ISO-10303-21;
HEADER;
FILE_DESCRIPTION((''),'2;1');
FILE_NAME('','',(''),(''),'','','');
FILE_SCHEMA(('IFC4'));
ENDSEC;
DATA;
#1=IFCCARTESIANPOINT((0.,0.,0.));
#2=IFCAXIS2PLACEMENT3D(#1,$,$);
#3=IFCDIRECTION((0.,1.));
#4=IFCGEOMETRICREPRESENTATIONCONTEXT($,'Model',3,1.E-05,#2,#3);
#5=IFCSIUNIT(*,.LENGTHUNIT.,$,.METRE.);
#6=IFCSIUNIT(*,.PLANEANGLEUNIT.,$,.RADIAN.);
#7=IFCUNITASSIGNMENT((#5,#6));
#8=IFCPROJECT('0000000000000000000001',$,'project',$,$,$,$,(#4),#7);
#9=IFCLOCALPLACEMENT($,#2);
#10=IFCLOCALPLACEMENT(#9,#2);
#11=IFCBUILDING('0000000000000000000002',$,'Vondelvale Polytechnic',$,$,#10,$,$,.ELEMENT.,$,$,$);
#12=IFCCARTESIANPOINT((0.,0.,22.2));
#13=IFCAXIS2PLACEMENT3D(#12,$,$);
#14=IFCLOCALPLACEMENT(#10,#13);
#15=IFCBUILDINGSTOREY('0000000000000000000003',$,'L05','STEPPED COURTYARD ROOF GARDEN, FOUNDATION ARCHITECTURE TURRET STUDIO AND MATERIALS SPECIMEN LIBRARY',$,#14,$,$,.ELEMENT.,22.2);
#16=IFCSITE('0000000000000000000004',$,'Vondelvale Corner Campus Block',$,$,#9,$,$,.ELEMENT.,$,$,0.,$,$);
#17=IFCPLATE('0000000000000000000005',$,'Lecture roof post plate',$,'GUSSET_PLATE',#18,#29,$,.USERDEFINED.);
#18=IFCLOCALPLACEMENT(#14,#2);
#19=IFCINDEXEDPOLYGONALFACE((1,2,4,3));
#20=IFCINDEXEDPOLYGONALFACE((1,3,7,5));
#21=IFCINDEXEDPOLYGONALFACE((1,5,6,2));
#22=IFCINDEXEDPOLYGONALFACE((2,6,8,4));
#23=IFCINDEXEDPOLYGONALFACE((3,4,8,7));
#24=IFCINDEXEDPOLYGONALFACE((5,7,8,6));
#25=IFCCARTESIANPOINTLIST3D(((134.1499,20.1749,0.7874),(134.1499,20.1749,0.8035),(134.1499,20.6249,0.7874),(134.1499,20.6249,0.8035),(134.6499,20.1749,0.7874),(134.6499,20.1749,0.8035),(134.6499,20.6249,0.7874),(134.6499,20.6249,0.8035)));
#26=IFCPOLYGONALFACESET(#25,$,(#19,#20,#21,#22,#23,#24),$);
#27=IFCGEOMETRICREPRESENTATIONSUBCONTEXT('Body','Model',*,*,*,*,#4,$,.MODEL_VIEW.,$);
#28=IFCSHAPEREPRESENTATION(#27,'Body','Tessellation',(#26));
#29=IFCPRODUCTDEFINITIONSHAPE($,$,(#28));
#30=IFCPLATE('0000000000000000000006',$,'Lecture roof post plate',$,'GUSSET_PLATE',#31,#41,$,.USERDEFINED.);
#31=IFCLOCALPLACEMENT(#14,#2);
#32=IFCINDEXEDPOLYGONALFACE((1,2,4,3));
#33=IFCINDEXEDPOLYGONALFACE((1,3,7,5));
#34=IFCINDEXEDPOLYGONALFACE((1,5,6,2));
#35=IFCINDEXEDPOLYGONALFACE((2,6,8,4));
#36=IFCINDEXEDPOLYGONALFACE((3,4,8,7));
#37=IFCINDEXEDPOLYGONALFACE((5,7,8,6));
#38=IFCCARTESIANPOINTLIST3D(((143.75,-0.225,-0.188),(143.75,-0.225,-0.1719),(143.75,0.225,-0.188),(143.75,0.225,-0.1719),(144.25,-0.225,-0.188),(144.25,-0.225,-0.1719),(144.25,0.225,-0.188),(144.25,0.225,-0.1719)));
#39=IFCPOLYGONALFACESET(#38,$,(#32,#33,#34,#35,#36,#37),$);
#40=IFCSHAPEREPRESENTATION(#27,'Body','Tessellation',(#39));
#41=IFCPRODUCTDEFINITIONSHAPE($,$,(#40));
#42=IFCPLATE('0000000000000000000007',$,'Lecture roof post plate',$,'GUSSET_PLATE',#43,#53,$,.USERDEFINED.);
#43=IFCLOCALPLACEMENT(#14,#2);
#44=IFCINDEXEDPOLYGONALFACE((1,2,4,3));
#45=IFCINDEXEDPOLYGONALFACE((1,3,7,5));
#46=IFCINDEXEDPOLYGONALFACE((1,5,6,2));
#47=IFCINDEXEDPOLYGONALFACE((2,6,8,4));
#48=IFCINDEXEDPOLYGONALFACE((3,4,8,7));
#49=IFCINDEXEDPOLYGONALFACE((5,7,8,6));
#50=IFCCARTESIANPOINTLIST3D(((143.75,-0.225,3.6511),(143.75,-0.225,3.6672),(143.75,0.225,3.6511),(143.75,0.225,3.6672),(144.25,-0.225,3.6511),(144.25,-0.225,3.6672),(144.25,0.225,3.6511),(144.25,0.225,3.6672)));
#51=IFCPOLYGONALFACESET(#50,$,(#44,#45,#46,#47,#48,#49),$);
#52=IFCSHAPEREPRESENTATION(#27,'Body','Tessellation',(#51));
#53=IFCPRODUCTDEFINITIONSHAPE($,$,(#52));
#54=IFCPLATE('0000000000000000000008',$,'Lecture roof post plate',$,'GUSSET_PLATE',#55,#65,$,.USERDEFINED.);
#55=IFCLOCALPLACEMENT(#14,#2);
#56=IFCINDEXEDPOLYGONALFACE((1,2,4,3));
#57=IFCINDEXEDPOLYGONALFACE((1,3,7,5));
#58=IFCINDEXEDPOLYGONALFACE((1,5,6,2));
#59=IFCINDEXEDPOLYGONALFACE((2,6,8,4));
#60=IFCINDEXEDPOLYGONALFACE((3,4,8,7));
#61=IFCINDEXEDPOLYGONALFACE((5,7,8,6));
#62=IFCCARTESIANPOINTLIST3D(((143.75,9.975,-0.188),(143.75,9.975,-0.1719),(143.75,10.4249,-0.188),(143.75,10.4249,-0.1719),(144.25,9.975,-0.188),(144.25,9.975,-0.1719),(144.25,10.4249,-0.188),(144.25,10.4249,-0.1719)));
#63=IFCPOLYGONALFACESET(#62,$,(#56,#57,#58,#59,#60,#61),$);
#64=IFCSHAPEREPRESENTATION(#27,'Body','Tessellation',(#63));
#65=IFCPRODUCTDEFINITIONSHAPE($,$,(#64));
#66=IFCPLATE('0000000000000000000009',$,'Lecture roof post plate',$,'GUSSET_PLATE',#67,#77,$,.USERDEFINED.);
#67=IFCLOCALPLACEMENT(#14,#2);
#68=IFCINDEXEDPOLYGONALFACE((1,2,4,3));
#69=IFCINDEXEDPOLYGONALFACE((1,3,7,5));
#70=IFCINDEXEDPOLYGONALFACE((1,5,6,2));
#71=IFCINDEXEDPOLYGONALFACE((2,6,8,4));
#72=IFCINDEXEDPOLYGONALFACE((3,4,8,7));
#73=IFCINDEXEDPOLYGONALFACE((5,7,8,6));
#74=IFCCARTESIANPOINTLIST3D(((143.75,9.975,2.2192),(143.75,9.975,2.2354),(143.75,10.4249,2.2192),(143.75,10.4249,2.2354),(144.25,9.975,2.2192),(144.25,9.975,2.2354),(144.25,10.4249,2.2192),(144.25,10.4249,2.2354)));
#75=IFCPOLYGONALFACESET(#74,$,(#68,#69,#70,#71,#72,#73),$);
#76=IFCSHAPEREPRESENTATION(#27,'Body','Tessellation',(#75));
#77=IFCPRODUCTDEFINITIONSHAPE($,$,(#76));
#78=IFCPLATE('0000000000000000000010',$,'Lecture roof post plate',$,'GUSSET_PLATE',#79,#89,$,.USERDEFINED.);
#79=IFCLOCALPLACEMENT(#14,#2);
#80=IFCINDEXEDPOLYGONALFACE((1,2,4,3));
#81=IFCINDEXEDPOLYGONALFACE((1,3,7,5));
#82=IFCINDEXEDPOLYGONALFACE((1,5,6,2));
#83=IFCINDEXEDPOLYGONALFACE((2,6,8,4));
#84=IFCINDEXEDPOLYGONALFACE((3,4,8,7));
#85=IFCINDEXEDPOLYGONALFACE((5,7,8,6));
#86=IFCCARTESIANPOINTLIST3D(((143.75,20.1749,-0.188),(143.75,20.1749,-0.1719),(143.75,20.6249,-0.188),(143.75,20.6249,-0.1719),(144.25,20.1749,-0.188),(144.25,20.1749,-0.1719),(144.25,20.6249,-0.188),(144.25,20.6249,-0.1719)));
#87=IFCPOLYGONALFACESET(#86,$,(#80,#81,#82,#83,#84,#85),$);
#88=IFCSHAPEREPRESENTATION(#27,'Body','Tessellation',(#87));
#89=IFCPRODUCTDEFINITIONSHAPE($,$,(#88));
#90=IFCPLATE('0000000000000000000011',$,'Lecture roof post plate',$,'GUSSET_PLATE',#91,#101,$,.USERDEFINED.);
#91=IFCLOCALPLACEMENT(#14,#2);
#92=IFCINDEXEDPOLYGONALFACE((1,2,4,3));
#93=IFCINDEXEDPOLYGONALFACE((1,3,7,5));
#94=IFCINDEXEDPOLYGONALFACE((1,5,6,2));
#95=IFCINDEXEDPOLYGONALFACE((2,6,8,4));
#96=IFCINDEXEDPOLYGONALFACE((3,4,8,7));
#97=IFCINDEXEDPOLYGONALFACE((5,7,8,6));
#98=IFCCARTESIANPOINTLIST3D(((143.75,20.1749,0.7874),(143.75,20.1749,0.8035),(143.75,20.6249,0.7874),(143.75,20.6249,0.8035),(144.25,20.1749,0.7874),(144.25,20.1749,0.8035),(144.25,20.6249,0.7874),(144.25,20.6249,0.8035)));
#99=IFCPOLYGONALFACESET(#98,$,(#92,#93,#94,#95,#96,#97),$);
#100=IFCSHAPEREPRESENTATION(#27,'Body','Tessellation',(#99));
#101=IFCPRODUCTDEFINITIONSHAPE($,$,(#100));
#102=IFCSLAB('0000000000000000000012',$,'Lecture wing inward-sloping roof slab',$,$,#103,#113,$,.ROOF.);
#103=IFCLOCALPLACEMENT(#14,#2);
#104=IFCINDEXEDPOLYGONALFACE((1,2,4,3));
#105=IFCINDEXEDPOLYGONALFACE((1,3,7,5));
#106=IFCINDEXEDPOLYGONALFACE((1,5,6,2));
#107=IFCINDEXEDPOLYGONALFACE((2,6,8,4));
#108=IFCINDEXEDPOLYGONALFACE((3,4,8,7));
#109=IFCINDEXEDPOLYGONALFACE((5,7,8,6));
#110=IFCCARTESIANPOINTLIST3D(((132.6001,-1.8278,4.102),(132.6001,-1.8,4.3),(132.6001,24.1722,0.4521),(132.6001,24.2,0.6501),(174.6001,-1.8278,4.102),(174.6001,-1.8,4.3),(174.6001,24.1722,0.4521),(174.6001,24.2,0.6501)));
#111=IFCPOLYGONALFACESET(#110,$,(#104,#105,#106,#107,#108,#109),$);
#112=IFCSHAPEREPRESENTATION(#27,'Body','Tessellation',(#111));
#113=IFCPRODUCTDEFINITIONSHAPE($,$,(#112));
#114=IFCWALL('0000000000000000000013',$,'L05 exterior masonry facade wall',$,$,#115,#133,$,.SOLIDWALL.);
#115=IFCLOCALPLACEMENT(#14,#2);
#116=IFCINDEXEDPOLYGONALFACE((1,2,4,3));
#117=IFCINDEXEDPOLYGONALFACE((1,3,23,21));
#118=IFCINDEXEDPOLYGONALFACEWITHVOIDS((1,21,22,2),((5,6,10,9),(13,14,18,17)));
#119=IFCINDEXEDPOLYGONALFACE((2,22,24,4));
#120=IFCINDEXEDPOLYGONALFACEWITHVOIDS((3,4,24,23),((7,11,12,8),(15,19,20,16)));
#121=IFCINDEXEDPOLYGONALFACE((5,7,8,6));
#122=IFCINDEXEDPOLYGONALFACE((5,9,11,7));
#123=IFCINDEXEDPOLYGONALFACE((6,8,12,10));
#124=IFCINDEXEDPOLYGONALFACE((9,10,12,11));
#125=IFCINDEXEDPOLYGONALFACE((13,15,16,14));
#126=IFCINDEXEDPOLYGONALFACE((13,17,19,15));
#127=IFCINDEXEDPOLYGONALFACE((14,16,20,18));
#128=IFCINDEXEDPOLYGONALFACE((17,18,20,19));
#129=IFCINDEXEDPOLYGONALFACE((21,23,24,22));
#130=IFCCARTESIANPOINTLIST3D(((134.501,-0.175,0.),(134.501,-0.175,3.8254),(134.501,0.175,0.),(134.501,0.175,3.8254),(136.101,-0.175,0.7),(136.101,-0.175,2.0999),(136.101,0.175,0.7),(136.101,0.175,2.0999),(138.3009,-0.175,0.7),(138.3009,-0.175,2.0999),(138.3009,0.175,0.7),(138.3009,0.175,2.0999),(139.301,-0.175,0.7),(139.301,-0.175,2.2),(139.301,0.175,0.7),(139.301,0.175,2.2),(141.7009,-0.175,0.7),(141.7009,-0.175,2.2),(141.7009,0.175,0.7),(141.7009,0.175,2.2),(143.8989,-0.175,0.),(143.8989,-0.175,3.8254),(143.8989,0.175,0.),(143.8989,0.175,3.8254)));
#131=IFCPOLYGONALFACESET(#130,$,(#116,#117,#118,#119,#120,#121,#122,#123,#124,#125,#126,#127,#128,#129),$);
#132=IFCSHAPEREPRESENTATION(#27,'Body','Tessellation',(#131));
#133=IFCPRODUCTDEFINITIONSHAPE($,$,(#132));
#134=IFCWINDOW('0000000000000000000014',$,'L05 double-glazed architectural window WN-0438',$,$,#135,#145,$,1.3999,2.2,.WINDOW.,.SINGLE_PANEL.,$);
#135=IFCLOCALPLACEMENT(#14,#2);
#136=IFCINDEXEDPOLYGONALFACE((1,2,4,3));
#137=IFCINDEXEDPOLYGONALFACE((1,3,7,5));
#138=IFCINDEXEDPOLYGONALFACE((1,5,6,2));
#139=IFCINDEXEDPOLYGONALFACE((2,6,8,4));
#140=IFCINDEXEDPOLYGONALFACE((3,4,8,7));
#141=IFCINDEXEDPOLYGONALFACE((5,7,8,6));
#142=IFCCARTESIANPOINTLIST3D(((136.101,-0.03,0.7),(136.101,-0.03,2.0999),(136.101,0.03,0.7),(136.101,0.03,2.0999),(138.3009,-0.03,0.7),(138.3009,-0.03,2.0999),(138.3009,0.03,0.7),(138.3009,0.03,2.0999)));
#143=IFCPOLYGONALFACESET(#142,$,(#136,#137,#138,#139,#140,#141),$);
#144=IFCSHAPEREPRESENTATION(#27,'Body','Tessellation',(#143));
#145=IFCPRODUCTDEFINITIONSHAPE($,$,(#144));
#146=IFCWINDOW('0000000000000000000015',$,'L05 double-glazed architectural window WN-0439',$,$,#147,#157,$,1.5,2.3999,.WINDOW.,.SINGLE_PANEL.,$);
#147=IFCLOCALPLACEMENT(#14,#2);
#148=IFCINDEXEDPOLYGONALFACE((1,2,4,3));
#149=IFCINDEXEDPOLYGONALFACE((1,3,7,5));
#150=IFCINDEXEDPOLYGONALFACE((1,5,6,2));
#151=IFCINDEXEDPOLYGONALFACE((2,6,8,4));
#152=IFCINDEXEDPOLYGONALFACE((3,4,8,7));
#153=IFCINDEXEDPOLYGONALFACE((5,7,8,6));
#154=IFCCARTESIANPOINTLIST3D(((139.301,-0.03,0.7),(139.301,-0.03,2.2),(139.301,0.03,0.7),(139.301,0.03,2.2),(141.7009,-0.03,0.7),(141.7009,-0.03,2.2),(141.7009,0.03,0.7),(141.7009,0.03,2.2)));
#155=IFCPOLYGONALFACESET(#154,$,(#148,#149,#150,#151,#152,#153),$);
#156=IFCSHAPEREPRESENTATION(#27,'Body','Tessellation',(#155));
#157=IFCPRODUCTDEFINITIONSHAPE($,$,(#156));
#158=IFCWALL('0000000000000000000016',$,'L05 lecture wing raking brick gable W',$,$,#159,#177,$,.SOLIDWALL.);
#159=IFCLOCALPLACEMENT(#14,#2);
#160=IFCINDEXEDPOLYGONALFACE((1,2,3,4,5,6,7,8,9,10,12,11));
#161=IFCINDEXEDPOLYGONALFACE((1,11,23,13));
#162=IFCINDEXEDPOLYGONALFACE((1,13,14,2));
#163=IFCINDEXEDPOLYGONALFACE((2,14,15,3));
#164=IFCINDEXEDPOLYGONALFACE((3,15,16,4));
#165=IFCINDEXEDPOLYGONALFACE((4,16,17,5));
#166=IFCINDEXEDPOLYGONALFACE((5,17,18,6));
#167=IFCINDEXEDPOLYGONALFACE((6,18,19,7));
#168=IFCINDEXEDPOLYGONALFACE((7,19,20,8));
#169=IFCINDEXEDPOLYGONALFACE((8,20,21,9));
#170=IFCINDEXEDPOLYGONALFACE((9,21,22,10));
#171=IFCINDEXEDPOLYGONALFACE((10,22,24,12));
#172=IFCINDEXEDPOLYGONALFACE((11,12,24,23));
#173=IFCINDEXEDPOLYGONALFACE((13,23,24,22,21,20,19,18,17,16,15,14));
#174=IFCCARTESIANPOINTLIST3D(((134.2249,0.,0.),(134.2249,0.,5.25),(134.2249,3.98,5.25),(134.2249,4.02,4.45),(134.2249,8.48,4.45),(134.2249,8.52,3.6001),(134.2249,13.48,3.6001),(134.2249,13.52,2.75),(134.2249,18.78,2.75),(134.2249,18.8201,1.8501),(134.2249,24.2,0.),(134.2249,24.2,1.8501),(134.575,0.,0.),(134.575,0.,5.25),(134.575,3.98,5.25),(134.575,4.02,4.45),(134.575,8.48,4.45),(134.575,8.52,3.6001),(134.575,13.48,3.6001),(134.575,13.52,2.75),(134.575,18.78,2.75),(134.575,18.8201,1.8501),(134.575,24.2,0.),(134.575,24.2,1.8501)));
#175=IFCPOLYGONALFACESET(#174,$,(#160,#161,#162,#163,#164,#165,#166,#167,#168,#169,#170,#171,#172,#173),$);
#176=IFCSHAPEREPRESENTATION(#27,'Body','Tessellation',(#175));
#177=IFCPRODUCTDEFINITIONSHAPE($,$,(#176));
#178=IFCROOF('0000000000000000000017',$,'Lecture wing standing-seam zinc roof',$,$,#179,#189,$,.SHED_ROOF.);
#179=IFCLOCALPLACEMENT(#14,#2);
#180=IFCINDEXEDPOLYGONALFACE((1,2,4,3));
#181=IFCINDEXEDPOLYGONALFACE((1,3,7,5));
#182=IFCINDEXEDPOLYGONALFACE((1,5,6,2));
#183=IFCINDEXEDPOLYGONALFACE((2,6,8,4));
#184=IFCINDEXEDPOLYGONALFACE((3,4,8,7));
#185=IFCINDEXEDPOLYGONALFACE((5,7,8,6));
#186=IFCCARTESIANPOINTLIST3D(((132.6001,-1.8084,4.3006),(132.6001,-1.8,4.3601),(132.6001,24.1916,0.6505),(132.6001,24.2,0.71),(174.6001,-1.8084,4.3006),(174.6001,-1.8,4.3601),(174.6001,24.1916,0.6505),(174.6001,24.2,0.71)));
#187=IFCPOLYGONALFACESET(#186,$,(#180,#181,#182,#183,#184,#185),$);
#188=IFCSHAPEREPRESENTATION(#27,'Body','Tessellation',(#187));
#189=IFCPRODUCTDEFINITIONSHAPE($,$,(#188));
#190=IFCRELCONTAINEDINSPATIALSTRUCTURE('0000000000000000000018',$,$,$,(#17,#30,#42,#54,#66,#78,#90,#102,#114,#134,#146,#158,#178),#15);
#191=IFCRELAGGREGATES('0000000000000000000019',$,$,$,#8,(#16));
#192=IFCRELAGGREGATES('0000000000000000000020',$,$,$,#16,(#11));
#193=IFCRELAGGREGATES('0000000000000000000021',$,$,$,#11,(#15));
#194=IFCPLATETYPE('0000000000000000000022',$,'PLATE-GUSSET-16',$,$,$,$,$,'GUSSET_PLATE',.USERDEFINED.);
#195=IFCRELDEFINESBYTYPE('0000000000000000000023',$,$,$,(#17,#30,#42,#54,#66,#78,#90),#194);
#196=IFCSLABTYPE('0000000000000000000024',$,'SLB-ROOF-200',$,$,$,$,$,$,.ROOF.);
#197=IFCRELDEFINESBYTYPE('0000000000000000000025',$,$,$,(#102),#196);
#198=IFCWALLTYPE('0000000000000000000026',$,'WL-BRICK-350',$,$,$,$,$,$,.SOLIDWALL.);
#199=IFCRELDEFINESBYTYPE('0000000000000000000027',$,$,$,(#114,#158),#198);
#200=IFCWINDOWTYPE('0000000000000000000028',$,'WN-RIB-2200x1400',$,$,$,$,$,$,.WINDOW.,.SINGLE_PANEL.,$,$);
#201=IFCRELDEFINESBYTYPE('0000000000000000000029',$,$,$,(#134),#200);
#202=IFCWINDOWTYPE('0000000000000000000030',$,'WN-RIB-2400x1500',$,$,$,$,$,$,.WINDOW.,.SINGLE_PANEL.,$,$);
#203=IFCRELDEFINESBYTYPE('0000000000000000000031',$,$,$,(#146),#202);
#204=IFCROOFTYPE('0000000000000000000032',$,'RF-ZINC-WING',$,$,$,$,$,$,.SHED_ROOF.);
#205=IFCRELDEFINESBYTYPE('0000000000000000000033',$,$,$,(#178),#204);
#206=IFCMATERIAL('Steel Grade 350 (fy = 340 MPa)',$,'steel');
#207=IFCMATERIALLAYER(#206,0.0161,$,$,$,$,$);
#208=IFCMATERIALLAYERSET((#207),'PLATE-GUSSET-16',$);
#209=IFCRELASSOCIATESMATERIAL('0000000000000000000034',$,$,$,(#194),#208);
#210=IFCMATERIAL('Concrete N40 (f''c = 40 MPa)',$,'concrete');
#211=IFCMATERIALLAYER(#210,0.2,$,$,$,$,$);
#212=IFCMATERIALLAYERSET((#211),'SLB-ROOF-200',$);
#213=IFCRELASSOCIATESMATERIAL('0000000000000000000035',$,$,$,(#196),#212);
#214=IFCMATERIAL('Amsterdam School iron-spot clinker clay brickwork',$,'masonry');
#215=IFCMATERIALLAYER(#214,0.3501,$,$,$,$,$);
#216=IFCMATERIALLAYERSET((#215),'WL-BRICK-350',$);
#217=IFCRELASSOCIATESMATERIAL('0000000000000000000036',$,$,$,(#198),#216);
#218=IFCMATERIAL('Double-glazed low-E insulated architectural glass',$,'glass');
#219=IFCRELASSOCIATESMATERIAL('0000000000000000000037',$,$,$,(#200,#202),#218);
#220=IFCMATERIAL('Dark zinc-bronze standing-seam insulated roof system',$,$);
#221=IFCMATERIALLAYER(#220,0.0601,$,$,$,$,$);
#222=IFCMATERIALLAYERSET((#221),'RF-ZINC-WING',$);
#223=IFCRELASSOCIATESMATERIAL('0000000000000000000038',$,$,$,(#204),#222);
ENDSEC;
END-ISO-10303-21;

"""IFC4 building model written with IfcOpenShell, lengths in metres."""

from ifc_helpers import new_model, si_unit, direction, frame, frame_2d, origin, origin_2d, place, context, subcontext, project, spatial, polyline, rectangle, outline, extrude, material, layer, layer_set, type_object, element, fill, save


model = new_model("IFC4")

# Units and contexts
model_context = context("Model", 3, precision=1e-05, world=origin(), true_north=direction((0.0, 1.0)))
body_context = subcontext(model_context, "Body", "Model", "MODEL_VIEW")
ifc_project = project(units=[si_unit("LENGTHUNIT", "METRE"), si_unit("PLANEANGLEUNIT", "RADIAN")], contexts=[model_context])

# Site, building, storey
site_placement = place(None, origin())
site = spatial("IfcSite", under=ifc_project, at=site_placement, Name="Vondelvale Corner Campus Block", CompositionType="ELEMENT", RefElevation=0.0)
building_placement = place(site_placement, origin())
building = spatial("IfcBuilding", under=site, at=building_placement, Name="Vondelvale Polytechnic", CompositionType="ELEMENT")
storey_placement = place(building_placement, frame((0.0, 0.0, 22.2)))
storey = spatial("IfcBuildingStorey", under=building, at=storey_placement, Name="L05", Description="STEPPED COURTYARD ROOF GARDEN, FOUNDATION ARCHITECTURE TURRET STUDIO AND MATERIALS SPECIMEN LIBRARY", CompositionType="ELEMENT", Elevation=22.2)

# Plates
ifc_material_1 = material(Name="Steel Grade 350 (fy = 340 MPa)", Category="steel")
ifc_layer_1 = layer(ifc_material_1, 0.0161)
ifc_layer_set_1 = layer_set([ifc_layer_1], Name="PLATE-GUSSET-16")
plate_type_1 = type_object("IfcPlateType", Name="PLATE-GUSSET-16", ElementType="GUSSET_PLATE", PredefinedType="USERDEFINED", material=ifc_layer_set_1)
for number, where, z_axis, x_axis, name in (
    (1, (134.3999, 20.3999, 0.7874), (0.0, 0.0, 1.0), (1.0, 0.0, 0.0), "Lecture roof post plate"),
    (2, (144.0, 0.0, -0.188), (0.0, 0.0, 1.0), (1.0, 0.0, 0.0), "Lecture roof post plate"),
    (3, (144.0, 0.0, 3.6511), (0.0, 0.0, 1.0), (1.0, 0.0, 0.0), "Lecture roof post plate"),
    (4, (144.0, 10.2, -0.188), (0.0, 0.0, 1.0), (1.0, 0.0, 0.0), "Lecture roof post plate"),
    (5, (144.0, 10.2, 2.2192), (0.0, 0.0, 1.0), (1.0, 0.0, 0.0), "Lecture roof post plate"),
    (6, (144.0, 20.3999, -0.188), (0.0, 0.0, 1.0), (1.0, 0.0, 0.0), "Lecture roof post plate"),
    (7, (144.0, 20.3999, 0.7874), (0.0, 0.0, 1.0), (1.0, 0.0, 0.0), "Lecture roof post plate"),
):
    element("IfcPlate", number, at=place(storey_placement, frame(where, z_axis=z_axis, x_axis=x_axis)), inside=storey, type_object=plate_type_1, Name=name, ObjectType="GUSSET_PLATE", PredefinedType="USERDEFINED", context=body_context, shape_type="SweptSolid", body=[
        extrude(rectangle(XDim=0.5, YDim=0.45, at=origin_2d()), origin(), (0.0, 0.0, 1.0), 0.0161),
    ])

# Slab
ifc_material_2 = material(Name="Concrete N40 (f'c = 40 MPa)", Category="concrete")
ifc_layer_2 = layer(ifc_material_2, 0.2)
ifc_layer_set_2 = layer_set([ifc_layer_2], Name="SLB-ROOF-200")
slab_type = type_object("IfcSlabType", Name="SLB-ROOF-200", PredefinedType="ROOF", material=ifc_layer_set_2)
slab_placement = place(storey_placement, frame((132.6001, -1.8, 4.3), z_axis=(0.0, 0.139018, 0.99029), x_axis=(1.0, 0.0, 0.0)))
element("IfcSlab", 8, at=slab_placement, inside=storey, type_object=slab_type, Name="Lecture wing inward-sloping roof slab", PredefinedType="ROOF", context=body_context, shape_type="SweptSolid", body=[
    extrude(outline(polyline([(0.0, 0.0), (42.0, 0.0), (42.0, 26.2549), (0.0, 26.2549), (0.0, 0.0)])), origin(), (0.0, 0.0, -1.0), 0.2),
])

# Wall, openings, windows
ifc_material_3 = material(Name="Amsterdam School iron-spot clinker clay brickwork", Category="masonry")
ifc_layer_3 = layer(ifc_material_3, 0.3501)
ifc_layer_set_3 = layer_set([ifc_layer_3], Name="WL-BRICK-350")
wall_type = type_object("IfcWallType", Name="WL-BRICK-350", PredefinedType="SOLIDWALL", material=ifc_layer_set_3)
wall_1_placement = place(storey_placement, frame((143.8989, 0.0, 0.0), z_axis=(0.0, 0.0, 1.0), x_axis=(-1.0, 0.0, 0.0)))
wall_1 = element("IfcWall", 9, at=wall_1_placement, inside=storey, type_object=wall_type, Name="L05 exterior masonry facade wall", PredefinedType="SOLIDWALL", context=body_context, shape_type="SweptSolid", body=[
    extrude(rectangle(XDim=9.3979, YDim=0.3501, at=frame_2d((4.699, 0.0))), origin(), (0.0, 0.0, 1.0), 3.8254),
])
opening_1_placement = place(wall_1_placement, frame((5.5979, 0.0, 0.7)))
opening_1 = element("IfcOpeningElement", 10, at=opening_1_placement, cuts=wall_1, PredefinedType="OPENING", context=body_context, shape_type="SweptSolid", body=[
    extrude(rectangle(XDim=2.2, YDim=1.3999, at=frame_2d((1.1001, 0.7))), frame((0.0, 0.1851, 0.0), z_axis=(0.0, -1.0, 0.0), x_axis=(1.0, 0.0, 0.0)), (0.0, 0.0, 1.0), 0.3701),
])
opening_2_placement = place(wall_1_placement, frame((2.198, 0.0, 0.7)))
opening_2 = element("IfcOpeningElement", 11, at=opening_2_placement, cuts=wall_1, PredefinedType="OPENING", context=body_context, shape_type="SweptSolid", body=[
    extrude(rectangle(XDim=2.3999, YDim=1.5, at=frame_2d((1.2, 0.75))), frame((0.0, 0.1851, 0.0), z_axis=(0.0, -1.0, 0.0), x_axis=(1.0, 0.0, 0.0)), (0.0, 0.0, 1.0), 0.3701),
])
ifc_material_4 = material(Name="Double-glazed low-E insulated architectural glass", Category="glass")
window_type_1 = type_object("IfcWindowType", Name="WN-RIB-2200x1400", PartitioningType="SINGLE_PANEL", PredefinedType="WINDOW", material=ifc_material_4)
window_1_placement = place(opening_1_placement, origin())
window_1 = element("IfcWindow", 12, at=window_1_placement, inside=storey, type_object=window_type_1, Name="L05 double-glazed architectural window WN-0438", OverallHeight=1.3999, OverallWidth=2.2, PartitioningType="SINGLE_PANEL", PredefinedType="WINDOW", context=body_context, shape_type="SweptSolid", body=[
    extrude(rectangle(XDim=2.2, YDim=1.3999, at=frame_2d((1.1001, 0.7))), frame((0.0, 0.03, 0.0), z_axis=(0.0, -1.0, 0.0), x_axis=(1.0, 0.0, 0.0)), (0.0, 0.0, 1.0), 0.0601),
])
fill(opening_1, window_1)
window_type_2 = type_object("IfcWindowType", Name="WN-RIB-2400x1500", PartitioningType="SINGLE_PANEL", PredefinedType="WINDOW", material=ifc_material_4)
window_2_placement = place(opening_2_placement, origin())
window_2 = element("IfcWindow", 13, at=window_2_placement, inside=storey, type_object=window_type_2, Name="L05 double-glazed architectural window WN-0439", OverallHeight=1.5, OverallWidth=2.3999, PartitioningType="SINGLE_PANEL", PredefinedType="WINDOW", context=body_context, shape_type="SweptSolid", body=[
    extrude(rectangle(XDim=2.3999, YDim=1.5, at=frame_2d((1.2, 0.75))), frame((0.0, 0.03, 0.0), z_axis=(0.0, -1.0, 0.0), x_axis=(1.0, 0.0, 0.0)), (0.0, 0.0, 1.0), 0.0601),
])
fill(opening_2, window_2)

# Wall
wall_2_placement = place(storey_placement, frame((134.3999, 0.0, 0.0), z_axis=(0.0, 0.0, 1.0), x_axis=(0.0, 1.0, 0.0)))
element("IfcWall", 14, at=wall_2_placement, inside=storey, type_object=wall_type, Name="L05 lecture wing raking brick gable W", PredefinedType="SOLIDWALL", context=body_context, shape_type="SweptSolid", body=[
    extrude(outline(polyline([(0.0, 0.0), (24.2, 0.0), (24.2, 1.8501), (18.8201, 1.8501), (18.78, 2.75), (13.52, 2.75), (13.48, 3.6001), (8.52, 3.6001), (8.48, 4.45), (4.02, 4.45), (3.98, 5.25), (0.0, 5.25), (0.0, 0.0)])), frame((0.0, 0.175, 0.0), z_axis=(0.0, -1.0, 0.0), x_axis=(1.0, 0.0, 0.0)), (0.0, 0.0, 1.0), 0.3501),
])

# Roof
ifc_material_5 = material(Name="Dark zinc-bronze standing-seam insulated roof system")
ifc_layer_4 = layer(ifc_material_5, 0.0601)
ifc_layer_set_4 = layer_set([ifc_layer_4], Name="RF-ZINC-WING")
roof_type = type_object("IfcRoofType", Name="RF-ZINC-WING", PredefinedType="SHED_ROOF", material=ifc_layer_set_4)
roof_placement = place(storey_placement, frame((132.6001, -1.8, 4.3601), z_axis=(0.0, 0.139027, 0.990289), x_axis=(1.0, 0.0, 0.0)))
element("IfcRoof", 15, at=roof_placement, inside=storey, type_object=roof_type, Name="Lecture wing standing-seam zinc roof", PredefinedType="SHED_ROOF", context=body_context, shape_type="SweptSolid", body=[
    extrude(outline(polyline([(0.0, 0.0), (42.0, 0.0), (42.0, 26.255), (0.0, 26.255), (0.0, 0.0)])), origin(), (0.0, 0.0, -1.0), 0.0601),
])

save(model, "model.ifc")
